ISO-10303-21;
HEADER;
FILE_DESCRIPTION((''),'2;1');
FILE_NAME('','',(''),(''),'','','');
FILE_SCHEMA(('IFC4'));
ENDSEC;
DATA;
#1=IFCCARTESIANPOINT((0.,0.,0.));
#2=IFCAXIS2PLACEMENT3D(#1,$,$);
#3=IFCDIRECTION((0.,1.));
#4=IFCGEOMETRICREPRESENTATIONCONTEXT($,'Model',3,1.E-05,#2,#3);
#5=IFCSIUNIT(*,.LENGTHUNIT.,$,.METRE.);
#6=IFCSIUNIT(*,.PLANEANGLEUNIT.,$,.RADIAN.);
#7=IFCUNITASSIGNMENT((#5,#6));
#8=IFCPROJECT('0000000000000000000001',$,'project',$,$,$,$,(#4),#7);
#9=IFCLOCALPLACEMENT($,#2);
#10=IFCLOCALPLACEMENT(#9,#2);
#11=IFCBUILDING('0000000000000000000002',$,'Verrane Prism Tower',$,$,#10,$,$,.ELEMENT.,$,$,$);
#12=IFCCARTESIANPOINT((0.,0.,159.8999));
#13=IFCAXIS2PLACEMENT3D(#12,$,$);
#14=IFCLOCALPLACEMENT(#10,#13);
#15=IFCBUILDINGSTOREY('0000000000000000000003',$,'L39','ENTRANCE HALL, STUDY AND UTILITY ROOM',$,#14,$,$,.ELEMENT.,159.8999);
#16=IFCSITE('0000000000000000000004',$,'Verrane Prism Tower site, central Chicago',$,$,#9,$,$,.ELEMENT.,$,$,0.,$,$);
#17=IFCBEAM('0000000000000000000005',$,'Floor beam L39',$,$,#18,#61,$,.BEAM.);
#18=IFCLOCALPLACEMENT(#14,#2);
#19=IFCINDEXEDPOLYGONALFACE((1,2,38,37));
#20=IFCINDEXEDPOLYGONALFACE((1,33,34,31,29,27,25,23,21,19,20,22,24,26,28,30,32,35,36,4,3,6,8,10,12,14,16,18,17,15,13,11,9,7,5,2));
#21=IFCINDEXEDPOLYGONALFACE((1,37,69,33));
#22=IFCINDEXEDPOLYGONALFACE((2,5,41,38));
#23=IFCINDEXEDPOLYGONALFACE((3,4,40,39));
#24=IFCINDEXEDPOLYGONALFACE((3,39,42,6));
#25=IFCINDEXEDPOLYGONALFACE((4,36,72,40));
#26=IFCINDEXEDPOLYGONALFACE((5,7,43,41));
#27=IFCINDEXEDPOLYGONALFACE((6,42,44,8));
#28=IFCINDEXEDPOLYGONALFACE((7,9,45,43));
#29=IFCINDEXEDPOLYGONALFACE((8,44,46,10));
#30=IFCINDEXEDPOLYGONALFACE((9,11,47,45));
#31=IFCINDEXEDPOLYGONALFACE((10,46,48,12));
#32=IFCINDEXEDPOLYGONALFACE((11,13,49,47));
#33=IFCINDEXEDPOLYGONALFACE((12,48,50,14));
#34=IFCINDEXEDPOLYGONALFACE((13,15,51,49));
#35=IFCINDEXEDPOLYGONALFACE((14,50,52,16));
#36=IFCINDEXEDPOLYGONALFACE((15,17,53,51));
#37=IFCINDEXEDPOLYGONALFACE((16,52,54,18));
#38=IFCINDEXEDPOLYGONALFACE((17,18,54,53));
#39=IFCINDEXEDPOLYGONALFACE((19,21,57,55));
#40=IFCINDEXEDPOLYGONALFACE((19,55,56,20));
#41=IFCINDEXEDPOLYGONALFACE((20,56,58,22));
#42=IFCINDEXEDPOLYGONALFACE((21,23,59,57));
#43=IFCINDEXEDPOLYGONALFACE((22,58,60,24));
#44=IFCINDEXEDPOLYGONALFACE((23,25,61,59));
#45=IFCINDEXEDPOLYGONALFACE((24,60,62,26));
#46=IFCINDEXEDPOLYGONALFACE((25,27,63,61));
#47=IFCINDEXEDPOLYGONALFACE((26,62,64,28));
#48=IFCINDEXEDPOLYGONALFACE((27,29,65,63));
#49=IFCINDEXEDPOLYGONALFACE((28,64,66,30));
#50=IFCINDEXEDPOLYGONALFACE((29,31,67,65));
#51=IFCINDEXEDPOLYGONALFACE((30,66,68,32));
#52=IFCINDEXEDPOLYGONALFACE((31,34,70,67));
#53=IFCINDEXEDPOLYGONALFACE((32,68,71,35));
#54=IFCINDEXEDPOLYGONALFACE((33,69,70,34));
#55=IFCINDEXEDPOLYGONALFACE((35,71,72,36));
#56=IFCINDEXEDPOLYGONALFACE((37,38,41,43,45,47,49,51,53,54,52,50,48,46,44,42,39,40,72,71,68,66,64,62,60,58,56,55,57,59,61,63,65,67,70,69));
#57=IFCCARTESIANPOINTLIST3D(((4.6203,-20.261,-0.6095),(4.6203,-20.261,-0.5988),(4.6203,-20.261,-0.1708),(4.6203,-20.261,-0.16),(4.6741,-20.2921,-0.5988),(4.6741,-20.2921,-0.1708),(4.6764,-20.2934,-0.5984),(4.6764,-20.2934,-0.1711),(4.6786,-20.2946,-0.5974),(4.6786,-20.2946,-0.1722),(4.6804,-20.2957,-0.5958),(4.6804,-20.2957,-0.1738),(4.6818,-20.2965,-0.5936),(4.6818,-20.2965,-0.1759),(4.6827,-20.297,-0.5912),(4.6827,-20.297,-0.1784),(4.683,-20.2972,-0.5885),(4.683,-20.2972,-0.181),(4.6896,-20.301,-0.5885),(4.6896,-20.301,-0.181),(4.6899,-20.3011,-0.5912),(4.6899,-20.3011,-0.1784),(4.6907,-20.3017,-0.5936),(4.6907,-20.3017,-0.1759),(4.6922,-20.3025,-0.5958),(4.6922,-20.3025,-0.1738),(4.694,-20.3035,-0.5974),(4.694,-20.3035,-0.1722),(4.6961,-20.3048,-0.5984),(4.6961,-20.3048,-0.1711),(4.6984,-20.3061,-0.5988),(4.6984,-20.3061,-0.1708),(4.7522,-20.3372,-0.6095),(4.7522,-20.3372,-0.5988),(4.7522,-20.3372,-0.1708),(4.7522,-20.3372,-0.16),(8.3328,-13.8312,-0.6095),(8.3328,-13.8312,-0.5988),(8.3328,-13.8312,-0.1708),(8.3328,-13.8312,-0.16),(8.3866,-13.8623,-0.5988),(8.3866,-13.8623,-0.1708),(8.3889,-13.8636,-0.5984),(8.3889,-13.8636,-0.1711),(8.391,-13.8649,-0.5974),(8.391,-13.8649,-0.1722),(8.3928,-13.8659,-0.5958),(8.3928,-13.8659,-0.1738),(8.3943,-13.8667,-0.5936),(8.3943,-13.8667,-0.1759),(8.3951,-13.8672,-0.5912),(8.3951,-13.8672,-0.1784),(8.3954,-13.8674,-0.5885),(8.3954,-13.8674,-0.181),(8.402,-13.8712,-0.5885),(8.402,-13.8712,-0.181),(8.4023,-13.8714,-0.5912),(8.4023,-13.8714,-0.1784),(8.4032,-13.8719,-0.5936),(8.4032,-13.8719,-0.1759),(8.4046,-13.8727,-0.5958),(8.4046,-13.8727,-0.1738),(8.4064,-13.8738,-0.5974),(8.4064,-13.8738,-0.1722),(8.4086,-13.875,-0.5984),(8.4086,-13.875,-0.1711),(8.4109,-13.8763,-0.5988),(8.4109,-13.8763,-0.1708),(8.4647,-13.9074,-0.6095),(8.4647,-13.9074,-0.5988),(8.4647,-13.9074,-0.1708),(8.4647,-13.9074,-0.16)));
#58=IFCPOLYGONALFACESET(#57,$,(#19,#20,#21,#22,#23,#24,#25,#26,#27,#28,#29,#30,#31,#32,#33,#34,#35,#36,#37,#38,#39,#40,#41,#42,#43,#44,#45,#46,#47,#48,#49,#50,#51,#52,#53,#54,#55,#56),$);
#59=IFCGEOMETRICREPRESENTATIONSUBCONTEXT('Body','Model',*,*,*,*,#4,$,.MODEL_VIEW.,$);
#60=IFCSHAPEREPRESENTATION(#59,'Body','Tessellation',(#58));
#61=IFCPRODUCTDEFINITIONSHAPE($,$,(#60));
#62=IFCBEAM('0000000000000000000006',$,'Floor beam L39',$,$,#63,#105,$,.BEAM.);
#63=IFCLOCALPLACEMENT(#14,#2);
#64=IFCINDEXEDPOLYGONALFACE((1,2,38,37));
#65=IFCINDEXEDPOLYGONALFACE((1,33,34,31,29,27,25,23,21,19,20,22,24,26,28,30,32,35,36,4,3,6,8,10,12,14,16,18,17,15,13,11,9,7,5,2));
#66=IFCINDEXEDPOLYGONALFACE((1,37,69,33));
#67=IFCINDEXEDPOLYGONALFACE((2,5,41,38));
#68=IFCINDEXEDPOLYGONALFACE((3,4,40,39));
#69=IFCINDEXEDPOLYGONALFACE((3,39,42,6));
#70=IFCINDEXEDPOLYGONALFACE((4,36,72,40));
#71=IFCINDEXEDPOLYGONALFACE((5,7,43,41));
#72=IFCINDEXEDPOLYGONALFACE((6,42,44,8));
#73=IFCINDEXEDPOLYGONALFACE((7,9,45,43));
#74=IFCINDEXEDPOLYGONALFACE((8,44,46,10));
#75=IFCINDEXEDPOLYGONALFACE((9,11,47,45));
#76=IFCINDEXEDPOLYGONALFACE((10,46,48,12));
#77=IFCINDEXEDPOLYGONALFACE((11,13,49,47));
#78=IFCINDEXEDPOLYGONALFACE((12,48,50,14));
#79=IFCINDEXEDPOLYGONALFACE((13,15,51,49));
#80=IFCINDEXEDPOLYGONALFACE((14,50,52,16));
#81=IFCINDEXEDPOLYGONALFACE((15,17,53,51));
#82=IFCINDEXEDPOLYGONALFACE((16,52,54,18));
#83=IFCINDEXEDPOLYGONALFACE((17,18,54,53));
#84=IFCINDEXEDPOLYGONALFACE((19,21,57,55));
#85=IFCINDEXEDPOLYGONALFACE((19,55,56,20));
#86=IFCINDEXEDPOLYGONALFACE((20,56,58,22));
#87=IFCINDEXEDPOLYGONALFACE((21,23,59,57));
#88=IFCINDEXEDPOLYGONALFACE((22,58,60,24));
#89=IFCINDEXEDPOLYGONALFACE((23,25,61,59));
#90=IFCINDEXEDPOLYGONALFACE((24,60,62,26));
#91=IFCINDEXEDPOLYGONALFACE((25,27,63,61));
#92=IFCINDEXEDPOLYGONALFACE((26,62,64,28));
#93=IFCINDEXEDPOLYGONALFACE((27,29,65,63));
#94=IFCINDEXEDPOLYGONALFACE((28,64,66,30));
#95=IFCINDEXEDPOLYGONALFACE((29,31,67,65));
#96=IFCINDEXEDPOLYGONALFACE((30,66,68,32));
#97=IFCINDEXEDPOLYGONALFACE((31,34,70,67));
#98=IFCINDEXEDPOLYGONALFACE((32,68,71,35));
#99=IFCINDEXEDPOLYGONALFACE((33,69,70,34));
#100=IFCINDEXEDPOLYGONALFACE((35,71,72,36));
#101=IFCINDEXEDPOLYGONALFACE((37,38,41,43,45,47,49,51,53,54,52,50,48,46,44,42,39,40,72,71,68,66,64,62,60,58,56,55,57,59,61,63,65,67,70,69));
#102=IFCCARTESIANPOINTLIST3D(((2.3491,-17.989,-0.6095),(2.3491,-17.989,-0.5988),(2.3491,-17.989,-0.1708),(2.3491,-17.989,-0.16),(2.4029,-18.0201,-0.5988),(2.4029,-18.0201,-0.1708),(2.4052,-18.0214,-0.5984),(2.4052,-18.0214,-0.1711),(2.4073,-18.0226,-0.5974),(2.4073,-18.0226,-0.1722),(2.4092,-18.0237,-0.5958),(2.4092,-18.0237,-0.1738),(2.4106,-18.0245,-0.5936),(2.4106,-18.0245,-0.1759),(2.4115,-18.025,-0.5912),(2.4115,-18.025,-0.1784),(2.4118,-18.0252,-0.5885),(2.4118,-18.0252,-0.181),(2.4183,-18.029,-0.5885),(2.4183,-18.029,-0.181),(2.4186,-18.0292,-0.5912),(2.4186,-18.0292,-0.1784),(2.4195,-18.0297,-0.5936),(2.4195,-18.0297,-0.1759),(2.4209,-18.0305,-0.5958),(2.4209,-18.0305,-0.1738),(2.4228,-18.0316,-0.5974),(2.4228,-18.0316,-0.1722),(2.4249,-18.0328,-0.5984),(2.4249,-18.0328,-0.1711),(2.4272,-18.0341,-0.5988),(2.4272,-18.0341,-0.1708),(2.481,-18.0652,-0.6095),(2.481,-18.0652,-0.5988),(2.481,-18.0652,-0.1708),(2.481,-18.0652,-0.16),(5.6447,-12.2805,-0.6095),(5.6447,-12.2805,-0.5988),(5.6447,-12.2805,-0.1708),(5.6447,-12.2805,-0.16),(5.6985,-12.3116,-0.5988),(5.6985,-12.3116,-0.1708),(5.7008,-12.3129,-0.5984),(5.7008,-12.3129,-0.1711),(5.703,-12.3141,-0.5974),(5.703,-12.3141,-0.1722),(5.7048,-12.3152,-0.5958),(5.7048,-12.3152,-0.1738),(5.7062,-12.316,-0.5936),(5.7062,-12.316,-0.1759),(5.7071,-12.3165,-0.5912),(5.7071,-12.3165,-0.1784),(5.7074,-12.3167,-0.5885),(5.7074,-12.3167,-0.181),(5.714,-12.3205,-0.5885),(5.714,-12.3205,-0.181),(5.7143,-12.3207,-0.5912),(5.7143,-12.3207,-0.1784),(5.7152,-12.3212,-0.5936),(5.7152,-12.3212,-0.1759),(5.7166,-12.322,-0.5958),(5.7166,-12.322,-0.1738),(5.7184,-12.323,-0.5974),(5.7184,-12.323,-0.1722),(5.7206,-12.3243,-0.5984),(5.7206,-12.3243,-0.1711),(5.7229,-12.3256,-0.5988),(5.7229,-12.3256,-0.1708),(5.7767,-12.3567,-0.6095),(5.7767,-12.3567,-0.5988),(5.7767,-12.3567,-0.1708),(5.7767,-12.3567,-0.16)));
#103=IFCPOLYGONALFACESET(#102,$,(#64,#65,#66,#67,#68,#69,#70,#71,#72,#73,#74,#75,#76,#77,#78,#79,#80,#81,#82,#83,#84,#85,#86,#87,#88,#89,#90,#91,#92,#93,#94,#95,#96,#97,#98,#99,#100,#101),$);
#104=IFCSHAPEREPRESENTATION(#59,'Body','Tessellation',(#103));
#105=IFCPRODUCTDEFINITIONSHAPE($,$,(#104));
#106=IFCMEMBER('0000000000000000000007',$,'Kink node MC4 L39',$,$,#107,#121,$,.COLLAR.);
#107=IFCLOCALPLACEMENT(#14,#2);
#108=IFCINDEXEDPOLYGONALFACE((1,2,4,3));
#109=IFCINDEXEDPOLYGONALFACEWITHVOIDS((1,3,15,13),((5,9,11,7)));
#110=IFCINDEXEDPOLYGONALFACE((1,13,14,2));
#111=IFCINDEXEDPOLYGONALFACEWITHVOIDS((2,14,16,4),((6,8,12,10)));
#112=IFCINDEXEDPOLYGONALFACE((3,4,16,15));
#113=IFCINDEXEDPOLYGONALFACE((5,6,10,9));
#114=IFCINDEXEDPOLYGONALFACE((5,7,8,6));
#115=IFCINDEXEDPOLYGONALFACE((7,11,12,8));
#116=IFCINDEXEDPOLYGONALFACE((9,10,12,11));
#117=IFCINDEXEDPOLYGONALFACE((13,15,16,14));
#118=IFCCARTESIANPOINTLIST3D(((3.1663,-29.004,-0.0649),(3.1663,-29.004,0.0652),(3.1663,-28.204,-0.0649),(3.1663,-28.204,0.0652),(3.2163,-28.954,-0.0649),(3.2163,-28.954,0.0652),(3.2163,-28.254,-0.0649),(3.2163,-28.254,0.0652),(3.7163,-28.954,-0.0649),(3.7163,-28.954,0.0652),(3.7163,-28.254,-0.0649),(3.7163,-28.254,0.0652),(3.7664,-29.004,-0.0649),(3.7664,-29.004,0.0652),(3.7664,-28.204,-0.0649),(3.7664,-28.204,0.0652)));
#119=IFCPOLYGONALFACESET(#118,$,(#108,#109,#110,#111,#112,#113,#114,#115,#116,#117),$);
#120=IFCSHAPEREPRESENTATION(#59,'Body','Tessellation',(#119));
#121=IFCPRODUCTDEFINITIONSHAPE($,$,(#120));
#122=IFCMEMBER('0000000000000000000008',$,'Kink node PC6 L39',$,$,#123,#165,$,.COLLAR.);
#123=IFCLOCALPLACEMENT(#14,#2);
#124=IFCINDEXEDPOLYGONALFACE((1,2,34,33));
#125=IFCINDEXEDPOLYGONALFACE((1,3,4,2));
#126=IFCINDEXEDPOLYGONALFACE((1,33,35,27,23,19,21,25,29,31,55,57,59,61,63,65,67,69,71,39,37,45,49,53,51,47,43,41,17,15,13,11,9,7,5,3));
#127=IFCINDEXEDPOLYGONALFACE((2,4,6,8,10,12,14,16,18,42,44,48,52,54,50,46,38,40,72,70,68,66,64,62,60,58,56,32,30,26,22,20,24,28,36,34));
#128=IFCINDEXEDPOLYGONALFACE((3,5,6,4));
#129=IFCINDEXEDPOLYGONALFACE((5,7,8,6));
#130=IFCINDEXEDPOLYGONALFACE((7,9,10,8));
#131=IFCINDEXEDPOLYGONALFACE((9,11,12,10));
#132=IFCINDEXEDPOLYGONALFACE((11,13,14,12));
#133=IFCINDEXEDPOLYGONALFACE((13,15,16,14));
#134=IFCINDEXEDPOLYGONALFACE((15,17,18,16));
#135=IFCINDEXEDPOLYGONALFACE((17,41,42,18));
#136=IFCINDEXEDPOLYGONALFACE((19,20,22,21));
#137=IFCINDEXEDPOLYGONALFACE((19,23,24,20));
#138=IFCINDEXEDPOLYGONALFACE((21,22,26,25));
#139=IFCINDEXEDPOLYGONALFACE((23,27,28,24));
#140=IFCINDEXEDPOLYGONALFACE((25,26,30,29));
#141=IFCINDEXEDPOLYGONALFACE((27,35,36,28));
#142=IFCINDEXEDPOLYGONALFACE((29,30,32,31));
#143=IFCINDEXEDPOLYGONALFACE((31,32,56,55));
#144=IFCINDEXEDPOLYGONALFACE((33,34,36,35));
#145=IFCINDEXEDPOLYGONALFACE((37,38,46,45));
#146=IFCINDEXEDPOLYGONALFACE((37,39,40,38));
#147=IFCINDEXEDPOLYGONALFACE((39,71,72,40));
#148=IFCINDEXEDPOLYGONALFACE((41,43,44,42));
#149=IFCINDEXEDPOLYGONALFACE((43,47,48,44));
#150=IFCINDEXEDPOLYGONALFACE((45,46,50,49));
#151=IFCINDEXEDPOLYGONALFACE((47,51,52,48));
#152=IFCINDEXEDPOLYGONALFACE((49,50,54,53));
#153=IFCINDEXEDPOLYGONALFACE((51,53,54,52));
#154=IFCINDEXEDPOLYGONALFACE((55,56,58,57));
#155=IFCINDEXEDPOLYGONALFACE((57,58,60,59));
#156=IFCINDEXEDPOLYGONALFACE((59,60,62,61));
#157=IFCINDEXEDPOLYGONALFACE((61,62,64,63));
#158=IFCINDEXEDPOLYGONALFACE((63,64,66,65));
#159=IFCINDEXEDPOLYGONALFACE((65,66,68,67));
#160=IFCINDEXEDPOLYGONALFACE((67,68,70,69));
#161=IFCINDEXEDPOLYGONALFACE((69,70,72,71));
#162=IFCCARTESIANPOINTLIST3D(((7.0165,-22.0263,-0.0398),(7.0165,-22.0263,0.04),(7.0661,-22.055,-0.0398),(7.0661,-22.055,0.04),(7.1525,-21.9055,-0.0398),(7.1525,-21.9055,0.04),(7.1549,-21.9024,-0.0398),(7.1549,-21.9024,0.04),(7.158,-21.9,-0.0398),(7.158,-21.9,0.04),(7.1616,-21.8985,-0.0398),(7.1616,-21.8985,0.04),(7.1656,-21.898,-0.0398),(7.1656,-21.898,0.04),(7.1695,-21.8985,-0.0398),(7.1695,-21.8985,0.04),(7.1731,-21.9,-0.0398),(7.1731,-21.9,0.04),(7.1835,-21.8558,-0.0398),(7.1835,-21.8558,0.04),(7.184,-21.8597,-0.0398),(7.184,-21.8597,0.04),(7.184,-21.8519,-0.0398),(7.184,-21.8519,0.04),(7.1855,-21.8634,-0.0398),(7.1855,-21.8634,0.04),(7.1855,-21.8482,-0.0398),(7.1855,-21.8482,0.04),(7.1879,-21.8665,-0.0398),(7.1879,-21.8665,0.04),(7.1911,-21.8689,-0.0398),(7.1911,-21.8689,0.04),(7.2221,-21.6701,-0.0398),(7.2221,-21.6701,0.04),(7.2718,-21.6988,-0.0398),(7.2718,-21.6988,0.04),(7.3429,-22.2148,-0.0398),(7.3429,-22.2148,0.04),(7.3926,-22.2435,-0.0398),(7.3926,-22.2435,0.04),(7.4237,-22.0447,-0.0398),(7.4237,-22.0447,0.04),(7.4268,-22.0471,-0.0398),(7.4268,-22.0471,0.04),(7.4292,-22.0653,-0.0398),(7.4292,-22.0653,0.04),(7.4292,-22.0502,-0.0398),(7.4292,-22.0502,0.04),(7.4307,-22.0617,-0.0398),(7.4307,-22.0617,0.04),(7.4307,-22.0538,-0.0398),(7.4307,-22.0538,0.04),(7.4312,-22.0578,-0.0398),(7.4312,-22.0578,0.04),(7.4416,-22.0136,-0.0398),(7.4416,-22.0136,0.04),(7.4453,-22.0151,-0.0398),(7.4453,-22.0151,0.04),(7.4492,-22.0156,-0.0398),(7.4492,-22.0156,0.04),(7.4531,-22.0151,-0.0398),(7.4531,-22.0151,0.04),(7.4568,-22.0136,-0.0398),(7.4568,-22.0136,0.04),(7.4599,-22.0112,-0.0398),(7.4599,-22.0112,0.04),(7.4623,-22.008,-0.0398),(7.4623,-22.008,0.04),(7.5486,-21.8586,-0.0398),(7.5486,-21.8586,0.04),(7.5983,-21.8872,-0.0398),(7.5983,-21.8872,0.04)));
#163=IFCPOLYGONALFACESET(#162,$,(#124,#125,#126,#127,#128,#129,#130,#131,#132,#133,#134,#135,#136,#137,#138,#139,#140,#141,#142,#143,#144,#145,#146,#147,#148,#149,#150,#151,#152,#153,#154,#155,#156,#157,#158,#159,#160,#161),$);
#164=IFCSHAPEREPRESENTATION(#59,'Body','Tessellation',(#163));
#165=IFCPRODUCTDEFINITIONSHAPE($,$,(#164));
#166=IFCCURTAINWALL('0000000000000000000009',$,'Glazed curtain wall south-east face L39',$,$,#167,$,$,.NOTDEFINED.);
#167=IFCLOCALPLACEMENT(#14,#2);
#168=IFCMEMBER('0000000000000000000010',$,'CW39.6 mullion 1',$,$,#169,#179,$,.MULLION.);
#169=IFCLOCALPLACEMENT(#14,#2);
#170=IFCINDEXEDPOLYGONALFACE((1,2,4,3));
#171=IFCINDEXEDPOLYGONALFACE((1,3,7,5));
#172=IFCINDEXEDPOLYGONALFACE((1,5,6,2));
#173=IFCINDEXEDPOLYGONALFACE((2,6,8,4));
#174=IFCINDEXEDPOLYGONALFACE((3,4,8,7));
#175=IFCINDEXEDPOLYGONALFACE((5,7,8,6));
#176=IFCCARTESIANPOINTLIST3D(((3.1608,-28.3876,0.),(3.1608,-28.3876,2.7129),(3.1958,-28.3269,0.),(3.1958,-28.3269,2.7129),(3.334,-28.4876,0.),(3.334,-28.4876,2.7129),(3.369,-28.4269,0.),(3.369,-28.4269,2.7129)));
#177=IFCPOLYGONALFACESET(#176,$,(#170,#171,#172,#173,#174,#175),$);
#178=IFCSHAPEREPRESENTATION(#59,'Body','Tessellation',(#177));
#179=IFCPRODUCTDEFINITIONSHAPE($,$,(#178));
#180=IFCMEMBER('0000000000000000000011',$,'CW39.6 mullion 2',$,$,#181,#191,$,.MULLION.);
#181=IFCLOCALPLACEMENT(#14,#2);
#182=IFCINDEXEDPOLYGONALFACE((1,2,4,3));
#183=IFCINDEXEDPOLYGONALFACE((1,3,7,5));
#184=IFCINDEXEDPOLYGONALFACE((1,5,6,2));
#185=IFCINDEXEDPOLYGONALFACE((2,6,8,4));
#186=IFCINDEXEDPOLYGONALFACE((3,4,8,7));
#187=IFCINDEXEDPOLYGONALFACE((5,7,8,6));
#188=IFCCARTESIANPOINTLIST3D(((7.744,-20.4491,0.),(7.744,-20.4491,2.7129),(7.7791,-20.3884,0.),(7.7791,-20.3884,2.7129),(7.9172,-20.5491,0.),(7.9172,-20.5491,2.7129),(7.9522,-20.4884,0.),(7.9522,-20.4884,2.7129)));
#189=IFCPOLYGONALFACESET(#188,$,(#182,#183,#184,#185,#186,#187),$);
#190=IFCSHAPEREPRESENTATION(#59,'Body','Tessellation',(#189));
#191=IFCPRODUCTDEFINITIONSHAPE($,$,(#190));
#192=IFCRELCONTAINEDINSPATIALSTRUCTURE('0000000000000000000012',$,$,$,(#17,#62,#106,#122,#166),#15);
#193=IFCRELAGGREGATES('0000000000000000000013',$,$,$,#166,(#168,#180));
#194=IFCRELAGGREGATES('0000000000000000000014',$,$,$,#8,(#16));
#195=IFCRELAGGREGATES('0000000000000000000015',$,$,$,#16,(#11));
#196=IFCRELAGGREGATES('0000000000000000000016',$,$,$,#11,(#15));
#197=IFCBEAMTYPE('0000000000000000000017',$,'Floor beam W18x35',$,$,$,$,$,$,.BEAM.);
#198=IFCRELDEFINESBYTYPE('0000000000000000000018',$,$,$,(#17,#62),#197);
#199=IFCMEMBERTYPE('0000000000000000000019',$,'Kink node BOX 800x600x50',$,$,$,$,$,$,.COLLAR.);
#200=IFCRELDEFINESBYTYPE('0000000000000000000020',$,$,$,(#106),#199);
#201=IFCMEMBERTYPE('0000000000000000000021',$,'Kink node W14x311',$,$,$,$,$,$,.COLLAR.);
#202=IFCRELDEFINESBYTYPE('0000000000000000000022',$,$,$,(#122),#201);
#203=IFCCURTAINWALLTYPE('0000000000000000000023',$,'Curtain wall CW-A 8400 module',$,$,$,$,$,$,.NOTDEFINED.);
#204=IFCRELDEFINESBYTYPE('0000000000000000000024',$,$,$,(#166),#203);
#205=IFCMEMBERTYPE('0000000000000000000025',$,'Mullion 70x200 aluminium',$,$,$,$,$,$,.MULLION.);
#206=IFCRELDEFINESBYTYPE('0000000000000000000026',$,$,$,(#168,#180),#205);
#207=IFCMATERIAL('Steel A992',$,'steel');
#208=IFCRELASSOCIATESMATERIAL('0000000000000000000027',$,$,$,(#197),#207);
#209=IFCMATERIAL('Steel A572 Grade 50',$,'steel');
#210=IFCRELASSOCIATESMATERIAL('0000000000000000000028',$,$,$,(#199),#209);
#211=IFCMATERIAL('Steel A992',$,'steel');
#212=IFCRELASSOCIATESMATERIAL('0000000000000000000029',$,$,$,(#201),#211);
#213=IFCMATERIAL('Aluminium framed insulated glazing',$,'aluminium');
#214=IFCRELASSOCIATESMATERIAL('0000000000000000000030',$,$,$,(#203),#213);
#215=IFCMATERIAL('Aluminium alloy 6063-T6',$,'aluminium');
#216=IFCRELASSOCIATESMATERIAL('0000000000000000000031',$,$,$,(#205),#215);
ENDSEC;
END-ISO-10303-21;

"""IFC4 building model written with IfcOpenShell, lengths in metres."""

from ifc_helpers import new_model, si_unit, direction, frame, origin, origin_2d, place, context, subcontext, project, spatial, rectangle, hollow_rectangle, i_section, extrude, material, material_profile, profile_set, type_object, element, aggregate, save


model = new_model("IFC4")

# Units and contexts
model_context = context("Model", 3, precision=1e-05, world=origin(), true_north=direction((0.0, 1.0)))
body_context = subcontext(model_context, "Body", "Model", "MODEL_VIEW")
ifc_project = project(units=[si_unit("LENGTHUNIT", "METRE"), si_unit("PLANEANGLEUNIT", "RADIAN")], contexts=[model_context])

# Site, building, storey
site_placement = place(None, origin())
site = spatial("IfcSite", under=ifc_project, at=site_placement, Name="Verrane Prism Tower site, central Chicago", CompositionType="ELEMENT", RefElevation=0.0)
building_placement = place(site_placement, origin())
building = spatial("IfcBuilding", under=site, at=building_placement, Name="Verrane Prism Tower", CompositionType="ELEMENT")
storey_placement = place(building_placement, frame((0.0, 0.0, 159.8999)))
storey = spatial("IfcBuildingStorey", under=building, at=storey_placement, Name="L39", Description="ENTRANCE HALL, STUDY AND UTILITY ROOM", CompositionType="ELEMENT", Elevation=159.8999)

# Beams
ifc_material_1 = material(Name="Steel A992", Category="steel")
ifc_material_profile_1 = material_profile(ifc_material_1, i_section(OverallWidth=0.1523, OverallDepth=0.4495, WebThickness=0.0076, FlangeThickness=0.0107, FilletRadius=0.0103, at=origin_2d()), Name="W18x35")
ifc_profile_set_1 = profile_set([ifc_material_profile_1], Name="Steel A992")
beam_type_1 = type_object("IfcBeamType", Name="Floor beam W18x35", PredefinedType="BEAM", material=ifc_profile_set_1)
beam_1_placement = place(storey_placement, frame((4.6863, -20.2991, -0.3848), z_axis=(0.500022, 0.866013, 0.0), x_axis=(-0.866013, 0.500022, 0.0)))
element("IfcBeam", 1, at=beam_1_placement, inside=storey, type_object=beam_type_1, Name="Floor beam L39", PredefinedType="BEAM", context=body_context, shape_type="SweptSolid", body=[
    extrude(i_section(OverallWidth=0.1523, OverallDepth=0.4495, WebThickness=0.0076, FlangeThickness=0.0107, FilletRadius=0.0103, at=origin_2d()), origin(), (0.0, 0.0, 1.0), 7.4246),
])
beam_2_placement = place(storey_placement, frame((2.415, -18.0271, -0.3848), z_axis=(0.499983, 0.866035, 0.0), x_axis=(-0.866035, 0.499983, 0.0)))
element("IfcBeam", 2, at=beam_2_placement, inside=storey, type_object=beam_type_1, Name="Floor beam L39", PredefinedType="BEAM", context=body_context, shape_type="SweptSolid", body=[
    extrude(i_section(OverallWidth=0.1523, OverallDepth=0.4495, WebThickness=0.0076, FlangeThickness=0.0107, FilletRadius=0.0103, at=origin_2d()), origin(), (0.0, 0.0, 1.0), 6.5916),
])

# Members
ifc_material_2 = material(Name="Steel A572 Grade 50", Category="steel")
ifc_material_profile_2 = material_profile(ifc_material_2, hollow_rectangle(XDim=0.6001, YDim=0.8, WallThickness=0.05, at=origin_2d()), Name="BOX 800x600x50")
ifc_profile_set_2 = profile_set([ifc_material_profile_2], Name="Steel A572 Grade 50")
member_type_1 = type_object("IfcMemberType", Name="Kink node BOX 800x600x50", PredefinedType="COLLAR", material=ifc_profile_set_2)
member_1_placement = place(storey_placement, frame((3.4663, -28.604, -0.0649), z_axis=(0.0, 0.0, 1.0), x_axis=(-1.0, 0.0, 0.0)))
element("IfcMember", 3, at=member_1_placement, inside=storey, type_object=member_type_1, Name="Kink node MC4 L39", PredefinedType="COLLAR", context=body_context, shape_type="SweptSolid", body=[
    extrude(hollow_rectangle(XDim=0.6001, YDim=0.8, WallThickness=0.05, at=origin_2d()), origin(), (0.0, 0.0, 1.0), 0.1301),
])
ifc_material_3 = material(Name="Steel A992", Category="steel")
ifc_material_profile_3 = material_profile(ifc_material_3, i_section(OverallWidth=0.4114, OverallDepth=0.4343, WebThickness=0.0359, FlangeThickness=0.0574, FilletRadius=0.0151, at=origin_2d()), Name="W14x311")
ifc_profile_set_3 = profile_set([ifc_material_profile_3], Name="Steel A992")
member_type_2 = type_object("IfcMemberType", Name="Kink node W14x311", PredefinedType="COLLAR", material=ifc_profile_set_3)
member_2_placement = place(storey_placement, frame((7.3074, -21.9568, -0.0398), z_axis=(0.0, 0.0, 1.0), x_axis=(-0.5, -0.866025, 0.0)))
element("IfcMember", 4, at=member_2_placement, inside=storey, type_object=member_type_2, Name="Kink node PC6 L39", PredefinedType="COLLAR", context=body_context, shape_type="SweptSolid", body=[
    extrude(i_section(OverallWidth=0.4114, OverallDepth=0.4343, WebThickness=0.0359, FlangeThickness=0.0574, FilletRadius=0.0151, at=origin_2d()), origin(), (0.0, 0.0, 1.0), 0.0798),
])

# Curtain wall, members
ifc_material_4 = material(Name="Aluminium framed insulated glazing", Category="aluminium")
curtain_wall_type = type_object("IfcCurtainWallType", Name="Curtain wall CW-A 8400 module", PredefinedType="NOTDEFINED", material=ifc_material_4)
curtain_wall_1_placement = place(storey_placement, origin())
curtain_wall_1 = element("IfcCurtainWall", 5, at=curtain_wall_1_placement, inside=storey, type_object=curtain_wall_type, Name="Glazed curtain wall south-east face L39", PredefinedType="NOTDEFINED")
ifc_material_5 = material(Name="Aluminium alloy 6063-T6", Category="aluminium")
ifc_material_profile_4 = material_profile(ifc_material_5, rectangle(XDim=0.2, YDim=0.0701, at=origin_2d()), Name="Mullion 70x200 aluminium")
ifc_profile_set_4 = profile_set([ifc_material_profile_4], Name="Aluminium alloy 6063-T6")
member_type_3 = type_object("IfcMemberType", Name="Mullion 70x200 aluminium", PredefinedType="MULLION", material=ifc_profile_set_4)
member_3_placement = place(storey_placement, frame((3.2649, -28.4072, 0.0), z_axis=(0.0, 0.0, 1.0), x_axis=(-0.866026, 0.499999, 0.0)))
member_3 = element("IfcMember", 6, at=member_3_placement, type_object=member_type_3, Name="CW39.6 mullion 1", PredefinedType="MULLION", context=body_context, shape_type="SweptSolid", body=[
    extrude(rectangle(XDim=0.2, YDim=0.0701, at=origin_2d()), origin(), (0.0, 0.0, 1.0), 2.7129),
])
member_4_placement = place(storey_placement, frame((7.8481, -20.4688, 0.0), z_axis=(0.0, 0.0, 1.0), x_axis=(-0.866026, 0.499999, 0.0)))
member_4 = element("IfcMember", 7, at=member_4_placement, type_object=member_type_3, Name="CW39.6 mullion 2", PredefinedType="MULLION", context=body_context, shape_type="SweptSolid", body=[
    extrude(rectangle(XDim=0.2, YDim=0.0701, at=origin_2d()), origin(), (0.0, 0.0, 1.0), 2.7129),
])

aggregate(curtain_wall_1, [member_3, member_4])

save(model, "model.ifc")
